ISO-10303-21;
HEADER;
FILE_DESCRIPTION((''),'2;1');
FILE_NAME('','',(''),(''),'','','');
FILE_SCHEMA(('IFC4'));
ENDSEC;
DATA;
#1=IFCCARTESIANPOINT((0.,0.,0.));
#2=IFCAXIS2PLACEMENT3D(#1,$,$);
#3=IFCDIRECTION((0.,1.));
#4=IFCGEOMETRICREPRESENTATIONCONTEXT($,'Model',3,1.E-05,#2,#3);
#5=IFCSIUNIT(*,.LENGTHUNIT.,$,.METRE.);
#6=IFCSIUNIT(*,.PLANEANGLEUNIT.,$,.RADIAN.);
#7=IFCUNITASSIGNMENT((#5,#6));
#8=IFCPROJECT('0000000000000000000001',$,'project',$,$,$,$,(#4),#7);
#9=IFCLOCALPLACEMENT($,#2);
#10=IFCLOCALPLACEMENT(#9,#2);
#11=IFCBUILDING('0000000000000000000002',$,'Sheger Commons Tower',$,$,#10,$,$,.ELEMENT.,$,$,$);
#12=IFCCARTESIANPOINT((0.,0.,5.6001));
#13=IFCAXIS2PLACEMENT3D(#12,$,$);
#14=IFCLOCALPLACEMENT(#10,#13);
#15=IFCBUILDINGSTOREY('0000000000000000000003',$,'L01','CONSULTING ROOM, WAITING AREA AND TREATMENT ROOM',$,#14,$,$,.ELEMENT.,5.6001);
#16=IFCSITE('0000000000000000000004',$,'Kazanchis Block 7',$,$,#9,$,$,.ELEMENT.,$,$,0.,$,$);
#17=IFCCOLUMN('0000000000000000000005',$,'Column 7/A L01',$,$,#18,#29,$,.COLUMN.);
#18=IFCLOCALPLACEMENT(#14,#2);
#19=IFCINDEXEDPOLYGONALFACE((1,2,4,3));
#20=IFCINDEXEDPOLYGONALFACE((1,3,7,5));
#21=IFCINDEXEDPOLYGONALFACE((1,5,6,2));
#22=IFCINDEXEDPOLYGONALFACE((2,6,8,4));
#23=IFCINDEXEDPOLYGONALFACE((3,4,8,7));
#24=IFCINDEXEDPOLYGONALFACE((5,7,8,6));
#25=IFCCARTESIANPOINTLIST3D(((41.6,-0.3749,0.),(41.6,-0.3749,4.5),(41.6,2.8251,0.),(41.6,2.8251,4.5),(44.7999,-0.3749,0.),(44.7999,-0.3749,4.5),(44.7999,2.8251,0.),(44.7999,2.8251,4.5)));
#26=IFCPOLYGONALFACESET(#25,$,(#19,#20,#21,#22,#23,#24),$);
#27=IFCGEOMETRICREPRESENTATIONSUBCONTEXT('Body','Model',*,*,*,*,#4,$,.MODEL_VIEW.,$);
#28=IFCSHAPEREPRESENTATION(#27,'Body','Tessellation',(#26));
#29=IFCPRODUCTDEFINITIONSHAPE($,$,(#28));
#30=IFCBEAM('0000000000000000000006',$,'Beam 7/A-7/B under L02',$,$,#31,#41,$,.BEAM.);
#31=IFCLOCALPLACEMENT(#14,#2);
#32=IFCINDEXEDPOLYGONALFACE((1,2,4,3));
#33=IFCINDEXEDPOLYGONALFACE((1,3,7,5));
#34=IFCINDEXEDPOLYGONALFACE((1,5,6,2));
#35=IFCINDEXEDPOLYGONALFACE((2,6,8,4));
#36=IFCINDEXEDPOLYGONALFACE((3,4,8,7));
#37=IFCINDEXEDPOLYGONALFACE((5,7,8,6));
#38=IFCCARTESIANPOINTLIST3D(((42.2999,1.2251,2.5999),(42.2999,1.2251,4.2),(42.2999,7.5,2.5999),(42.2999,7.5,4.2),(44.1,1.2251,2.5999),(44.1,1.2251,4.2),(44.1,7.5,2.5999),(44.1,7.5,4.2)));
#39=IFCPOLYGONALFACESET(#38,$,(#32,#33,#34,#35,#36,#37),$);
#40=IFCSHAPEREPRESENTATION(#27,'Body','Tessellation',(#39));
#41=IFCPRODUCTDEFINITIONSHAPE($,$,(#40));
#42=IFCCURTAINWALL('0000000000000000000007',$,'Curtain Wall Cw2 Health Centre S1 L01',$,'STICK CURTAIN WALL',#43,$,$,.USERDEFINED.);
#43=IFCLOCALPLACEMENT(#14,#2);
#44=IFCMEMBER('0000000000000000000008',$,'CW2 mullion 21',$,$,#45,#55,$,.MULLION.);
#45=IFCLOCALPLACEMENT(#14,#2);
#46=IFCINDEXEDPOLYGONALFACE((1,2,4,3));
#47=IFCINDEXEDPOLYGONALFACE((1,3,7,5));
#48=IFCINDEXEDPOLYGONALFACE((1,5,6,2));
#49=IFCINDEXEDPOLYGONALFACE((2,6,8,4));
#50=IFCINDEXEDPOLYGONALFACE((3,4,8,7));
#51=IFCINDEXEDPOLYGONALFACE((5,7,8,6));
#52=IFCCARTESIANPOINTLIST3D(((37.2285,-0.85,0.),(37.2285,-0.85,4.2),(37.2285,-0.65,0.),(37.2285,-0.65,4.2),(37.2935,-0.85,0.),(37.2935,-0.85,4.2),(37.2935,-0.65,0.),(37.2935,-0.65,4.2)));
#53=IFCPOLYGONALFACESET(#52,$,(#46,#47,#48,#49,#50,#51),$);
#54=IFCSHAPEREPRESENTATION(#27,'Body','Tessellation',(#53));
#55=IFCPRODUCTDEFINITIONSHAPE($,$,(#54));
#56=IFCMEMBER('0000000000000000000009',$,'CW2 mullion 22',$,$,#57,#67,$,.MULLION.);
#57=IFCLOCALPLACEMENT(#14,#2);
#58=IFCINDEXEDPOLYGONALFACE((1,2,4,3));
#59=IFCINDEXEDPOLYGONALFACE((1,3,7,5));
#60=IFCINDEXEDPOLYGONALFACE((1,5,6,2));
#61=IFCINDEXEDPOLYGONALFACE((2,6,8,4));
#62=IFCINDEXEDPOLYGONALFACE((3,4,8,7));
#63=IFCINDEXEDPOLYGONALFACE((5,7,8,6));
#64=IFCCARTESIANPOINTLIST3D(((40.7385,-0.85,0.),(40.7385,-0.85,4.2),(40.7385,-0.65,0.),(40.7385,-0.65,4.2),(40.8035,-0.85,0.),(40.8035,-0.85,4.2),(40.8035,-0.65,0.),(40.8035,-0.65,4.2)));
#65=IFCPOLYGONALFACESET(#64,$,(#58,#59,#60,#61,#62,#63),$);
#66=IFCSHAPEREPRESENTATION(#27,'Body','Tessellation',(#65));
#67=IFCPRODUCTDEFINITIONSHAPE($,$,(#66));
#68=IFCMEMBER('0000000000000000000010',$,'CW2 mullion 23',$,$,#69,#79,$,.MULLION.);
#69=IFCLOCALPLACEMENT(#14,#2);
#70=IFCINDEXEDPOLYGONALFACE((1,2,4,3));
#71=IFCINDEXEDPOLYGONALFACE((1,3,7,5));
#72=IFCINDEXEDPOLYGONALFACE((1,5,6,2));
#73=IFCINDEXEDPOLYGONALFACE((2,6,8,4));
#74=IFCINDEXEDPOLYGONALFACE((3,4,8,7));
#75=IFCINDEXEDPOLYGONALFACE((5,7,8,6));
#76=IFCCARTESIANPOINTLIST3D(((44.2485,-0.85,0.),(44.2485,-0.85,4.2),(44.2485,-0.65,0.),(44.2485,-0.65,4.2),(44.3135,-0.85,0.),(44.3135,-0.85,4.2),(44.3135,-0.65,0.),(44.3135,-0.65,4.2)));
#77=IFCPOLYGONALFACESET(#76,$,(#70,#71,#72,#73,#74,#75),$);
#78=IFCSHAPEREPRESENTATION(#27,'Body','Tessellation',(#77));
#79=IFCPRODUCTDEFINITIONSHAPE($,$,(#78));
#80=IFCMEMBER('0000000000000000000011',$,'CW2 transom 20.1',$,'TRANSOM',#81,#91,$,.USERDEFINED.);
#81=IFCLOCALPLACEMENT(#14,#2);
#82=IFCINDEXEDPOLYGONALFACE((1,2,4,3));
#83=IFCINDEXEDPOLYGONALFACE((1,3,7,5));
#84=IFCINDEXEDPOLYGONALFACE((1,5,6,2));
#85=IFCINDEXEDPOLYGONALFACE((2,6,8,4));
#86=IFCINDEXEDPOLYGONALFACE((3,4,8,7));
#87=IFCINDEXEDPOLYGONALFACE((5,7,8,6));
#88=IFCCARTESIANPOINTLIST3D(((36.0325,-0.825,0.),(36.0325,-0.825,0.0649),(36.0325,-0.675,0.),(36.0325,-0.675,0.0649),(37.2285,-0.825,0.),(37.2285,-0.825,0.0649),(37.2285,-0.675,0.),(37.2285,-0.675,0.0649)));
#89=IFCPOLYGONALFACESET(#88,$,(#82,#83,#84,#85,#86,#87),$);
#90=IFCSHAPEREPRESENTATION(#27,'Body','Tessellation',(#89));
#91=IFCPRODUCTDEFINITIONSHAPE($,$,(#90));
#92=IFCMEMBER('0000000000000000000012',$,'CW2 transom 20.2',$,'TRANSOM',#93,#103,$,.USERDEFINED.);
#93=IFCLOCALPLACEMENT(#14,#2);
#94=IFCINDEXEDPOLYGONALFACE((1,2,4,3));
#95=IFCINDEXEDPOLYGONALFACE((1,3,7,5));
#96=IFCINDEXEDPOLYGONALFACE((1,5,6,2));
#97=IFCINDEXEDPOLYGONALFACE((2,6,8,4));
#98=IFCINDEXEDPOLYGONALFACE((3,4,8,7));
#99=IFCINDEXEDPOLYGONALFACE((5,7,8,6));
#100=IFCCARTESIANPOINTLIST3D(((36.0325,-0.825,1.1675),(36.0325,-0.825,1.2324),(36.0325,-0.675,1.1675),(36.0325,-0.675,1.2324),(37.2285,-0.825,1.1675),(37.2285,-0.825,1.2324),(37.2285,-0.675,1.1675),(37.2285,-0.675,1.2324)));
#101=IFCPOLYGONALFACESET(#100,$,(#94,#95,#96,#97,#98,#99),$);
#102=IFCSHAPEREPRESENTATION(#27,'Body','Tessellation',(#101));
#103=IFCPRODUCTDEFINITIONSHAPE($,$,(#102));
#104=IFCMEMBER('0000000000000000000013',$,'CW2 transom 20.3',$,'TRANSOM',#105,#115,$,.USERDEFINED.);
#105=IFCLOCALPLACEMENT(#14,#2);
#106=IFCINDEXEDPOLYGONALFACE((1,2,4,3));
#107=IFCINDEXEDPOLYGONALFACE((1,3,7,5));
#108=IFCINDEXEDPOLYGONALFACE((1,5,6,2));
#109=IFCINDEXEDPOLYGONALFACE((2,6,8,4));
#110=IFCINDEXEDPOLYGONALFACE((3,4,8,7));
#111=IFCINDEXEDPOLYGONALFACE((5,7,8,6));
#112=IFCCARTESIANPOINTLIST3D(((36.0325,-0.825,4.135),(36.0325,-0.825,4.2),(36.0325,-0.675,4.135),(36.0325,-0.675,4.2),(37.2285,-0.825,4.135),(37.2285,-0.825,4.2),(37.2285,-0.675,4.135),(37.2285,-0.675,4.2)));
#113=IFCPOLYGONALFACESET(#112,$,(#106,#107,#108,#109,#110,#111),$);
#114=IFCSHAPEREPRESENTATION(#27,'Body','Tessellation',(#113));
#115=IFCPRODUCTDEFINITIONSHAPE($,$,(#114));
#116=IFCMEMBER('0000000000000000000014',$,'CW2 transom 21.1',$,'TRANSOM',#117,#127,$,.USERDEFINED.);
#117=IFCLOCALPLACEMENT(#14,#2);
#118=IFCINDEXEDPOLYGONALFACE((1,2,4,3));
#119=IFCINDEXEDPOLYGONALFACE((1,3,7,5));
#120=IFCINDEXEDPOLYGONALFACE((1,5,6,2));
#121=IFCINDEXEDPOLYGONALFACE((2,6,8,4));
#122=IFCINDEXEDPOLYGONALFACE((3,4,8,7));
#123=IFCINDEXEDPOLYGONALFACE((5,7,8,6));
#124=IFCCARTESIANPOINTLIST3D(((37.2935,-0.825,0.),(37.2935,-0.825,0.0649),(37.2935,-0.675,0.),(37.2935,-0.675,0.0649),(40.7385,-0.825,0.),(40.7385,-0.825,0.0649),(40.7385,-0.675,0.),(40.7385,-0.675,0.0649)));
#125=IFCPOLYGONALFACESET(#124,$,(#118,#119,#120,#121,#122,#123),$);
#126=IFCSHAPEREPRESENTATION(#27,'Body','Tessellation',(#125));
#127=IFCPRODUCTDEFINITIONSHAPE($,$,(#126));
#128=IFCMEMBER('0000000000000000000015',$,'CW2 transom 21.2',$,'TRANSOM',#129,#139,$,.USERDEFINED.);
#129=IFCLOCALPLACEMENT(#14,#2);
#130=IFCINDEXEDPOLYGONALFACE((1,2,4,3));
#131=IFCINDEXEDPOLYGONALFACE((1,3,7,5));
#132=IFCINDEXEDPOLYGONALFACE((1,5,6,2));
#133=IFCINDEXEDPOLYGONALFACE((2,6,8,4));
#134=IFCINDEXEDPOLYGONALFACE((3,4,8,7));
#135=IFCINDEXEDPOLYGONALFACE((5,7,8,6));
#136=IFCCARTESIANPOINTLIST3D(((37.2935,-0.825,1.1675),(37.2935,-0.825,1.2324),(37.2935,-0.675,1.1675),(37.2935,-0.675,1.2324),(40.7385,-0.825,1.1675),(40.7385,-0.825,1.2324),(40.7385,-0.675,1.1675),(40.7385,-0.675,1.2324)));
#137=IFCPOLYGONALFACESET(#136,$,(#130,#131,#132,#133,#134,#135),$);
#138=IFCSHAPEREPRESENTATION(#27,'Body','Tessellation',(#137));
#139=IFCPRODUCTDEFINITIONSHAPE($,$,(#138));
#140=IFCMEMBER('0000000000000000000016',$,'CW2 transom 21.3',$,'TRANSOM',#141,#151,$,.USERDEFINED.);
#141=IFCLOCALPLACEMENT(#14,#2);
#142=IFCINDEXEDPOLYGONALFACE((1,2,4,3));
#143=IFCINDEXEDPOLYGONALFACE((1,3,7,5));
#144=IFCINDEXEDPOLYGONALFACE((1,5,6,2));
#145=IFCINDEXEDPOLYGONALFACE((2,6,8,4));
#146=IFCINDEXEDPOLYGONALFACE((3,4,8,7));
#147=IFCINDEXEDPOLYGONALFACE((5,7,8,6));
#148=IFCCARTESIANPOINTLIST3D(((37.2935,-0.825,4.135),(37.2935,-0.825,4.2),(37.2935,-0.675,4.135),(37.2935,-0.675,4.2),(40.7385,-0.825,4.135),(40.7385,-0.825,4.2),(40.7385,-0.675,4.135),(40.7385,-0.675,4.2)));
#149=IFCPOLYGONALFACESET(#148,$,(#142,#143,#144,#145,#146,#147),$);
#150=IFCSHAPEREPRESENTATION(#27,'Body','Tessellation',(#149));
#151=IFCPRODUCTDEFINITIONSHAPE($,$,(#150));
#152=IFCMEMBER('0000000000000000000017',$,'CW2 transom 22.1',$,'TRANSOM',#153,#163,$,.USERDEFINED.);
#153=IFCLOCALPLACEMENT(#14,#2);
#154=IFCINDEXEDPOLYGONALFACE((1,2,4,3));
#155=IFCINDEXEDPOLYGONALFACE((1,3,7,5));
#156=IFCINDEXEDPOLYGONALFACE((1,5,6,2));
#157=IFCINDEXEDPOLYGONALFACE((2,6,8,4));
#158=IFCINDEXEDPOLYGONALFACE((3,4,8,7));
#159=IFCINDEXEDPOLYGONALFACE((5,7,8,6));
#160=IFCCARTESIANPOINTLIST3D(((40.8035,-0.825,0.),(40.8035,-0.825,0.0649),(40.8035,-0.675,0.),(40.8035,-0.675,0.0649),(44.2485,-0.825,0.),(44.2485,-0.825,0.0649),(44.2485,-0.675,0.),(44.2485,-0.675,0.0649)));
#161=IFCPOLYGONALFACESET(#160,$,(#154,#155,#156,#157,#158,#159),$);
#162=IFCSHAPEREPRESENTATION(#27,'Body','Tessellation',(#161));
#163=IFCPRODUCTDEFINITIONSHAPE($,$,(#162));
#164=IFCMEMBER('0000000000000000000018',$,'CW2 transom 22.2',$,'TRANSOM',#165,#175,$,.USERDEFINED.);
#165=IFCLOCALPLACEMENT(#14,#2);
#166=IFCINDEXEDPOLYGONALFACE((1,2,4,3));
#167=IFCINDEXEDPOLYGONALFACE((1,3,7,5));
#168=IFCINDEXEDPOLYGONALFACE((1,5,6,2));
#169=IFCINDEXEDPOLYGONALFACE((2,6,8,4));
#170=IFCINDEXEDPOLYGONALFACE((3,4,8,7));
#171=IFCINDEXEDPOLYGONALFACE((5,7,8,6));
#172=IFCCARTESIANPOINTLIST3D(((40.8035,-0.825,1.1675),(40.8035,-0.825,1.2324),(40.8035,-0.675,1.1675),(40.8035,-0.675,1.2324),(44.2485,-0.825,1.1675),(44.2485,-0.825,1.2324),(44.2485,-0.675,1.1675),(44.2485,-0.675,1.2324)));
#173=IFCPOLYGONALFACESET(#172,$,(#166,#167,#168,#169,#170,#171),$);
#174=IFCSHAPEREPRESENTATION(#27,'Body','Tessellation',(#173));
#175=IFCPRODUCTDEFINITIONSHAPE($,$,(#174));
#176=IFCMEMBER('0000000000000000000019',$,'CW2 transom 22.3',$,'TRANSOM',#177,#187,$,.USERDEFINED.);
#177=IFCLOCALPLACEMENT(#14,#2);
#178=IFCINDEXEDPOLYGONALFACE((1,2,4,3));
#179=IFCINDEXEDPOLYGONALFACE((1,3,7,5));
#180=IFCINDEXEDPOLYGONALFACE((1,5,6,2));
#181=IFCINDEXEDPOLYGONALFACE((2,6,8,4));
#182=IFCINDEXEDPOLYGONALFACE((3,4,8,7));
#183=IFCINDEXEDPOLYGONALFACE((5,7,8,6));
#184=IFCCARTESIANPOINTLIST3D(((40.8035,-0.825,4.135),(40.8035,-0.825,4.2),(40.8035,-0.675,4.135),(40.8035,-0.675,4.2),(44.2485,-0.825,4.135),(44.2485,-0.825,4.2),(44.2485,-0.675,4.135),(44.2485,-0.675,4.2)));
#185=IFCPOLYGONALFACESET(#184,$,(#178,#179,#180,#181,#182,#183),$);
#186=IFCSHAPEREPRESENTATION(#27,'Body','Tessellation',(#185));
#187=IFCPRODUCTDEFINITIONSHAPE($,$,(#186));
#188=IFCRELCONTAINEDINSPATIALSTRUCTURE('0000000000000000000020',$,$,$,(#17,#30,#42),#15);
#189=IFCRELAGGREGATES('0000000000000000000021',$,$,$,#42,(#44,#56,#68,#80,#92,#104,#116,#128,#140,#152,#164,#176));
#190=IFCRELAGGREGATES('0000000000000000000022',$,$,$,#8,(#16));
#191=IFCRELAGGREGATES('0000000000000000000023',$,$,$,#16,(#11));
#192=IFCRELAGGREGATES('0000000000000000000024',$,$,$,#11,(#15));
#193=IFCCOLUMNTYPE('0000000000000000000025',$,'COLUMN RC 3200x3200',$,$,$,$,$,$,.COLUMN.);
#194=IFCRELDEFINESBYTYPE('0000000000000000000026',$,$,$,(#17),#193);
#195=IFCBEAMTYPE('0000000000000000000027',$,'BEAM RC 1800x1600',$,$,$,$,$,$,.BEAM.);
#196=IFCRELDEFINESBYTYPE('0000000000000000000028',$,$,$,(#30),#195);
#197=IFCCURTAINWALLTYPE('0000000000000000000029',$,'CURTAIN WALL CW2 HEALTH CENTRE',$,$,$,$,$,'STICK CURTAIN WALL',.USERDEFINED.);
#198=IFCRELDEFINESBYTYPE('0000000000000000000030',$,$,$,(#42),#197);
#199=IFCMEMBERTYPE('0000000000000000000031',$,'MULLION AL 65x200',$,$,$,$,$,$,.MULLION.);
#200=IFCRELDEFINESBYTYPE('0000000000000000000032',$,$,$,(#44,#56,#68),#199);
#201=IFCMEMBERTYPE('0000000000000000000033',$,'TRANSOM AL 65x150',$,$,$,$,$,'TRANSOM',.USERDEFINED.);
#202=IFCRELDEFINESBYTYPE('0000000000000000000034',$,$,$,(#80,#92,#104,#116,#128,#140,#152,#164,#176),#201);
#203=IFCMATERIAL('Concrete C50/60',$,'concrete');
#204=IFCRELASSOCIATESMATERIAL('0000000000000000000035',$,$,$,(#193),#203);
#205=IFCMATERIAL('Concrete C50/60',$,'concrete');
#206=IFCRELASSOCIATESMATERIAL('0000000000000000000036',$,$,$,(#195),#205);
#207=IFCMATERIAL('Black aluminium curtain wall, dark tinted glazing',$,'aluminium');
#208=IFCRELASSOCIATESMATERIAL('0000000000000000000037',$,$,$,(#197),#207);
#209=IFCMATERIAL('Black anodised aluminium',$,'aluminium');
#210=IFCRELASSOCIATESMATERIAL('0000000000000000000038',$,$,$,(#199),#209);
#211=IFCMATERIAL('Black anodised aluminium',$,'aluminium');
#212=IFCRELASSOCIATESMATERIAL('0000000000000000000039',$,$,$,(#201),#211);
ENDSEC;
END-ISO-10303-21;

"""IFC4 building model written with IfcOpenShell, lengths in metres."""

from ifc_helpers import new_model, si_unit, direction, frame, origin, origin_2d, place, context, subcontext, project, spatial, rectangle, extrude, material, material_profile, profile_set, type_object, element, aggregate, save


model = new_model("IFC4")

# Units and contexts
model_context = context("Model", 3, precision=1e-05, world=origin(), true_north=direction((0.0, 1.0)))
body_context = subcontext(model_context, "Body", "Model", "MODEL_VIEW")
ifc_project = project(units=[si_unit("LENGTHUNIT", "METRE"), si_unit("PLANEANGLEUNIT", "RADIAN")], contexts=[model_context])

# Site, building, storey
site_placement = place(None, origin())
site = spatial("IfcSite", under=ifc_project, at=site_placement, Name="Kazanchis Block 7", CompositionType="ELEMENT", RefElevation=0.0)
building_placement = place(site_placement, origin())
building = spatial("IfcBuilding", under=site, at=building_placement, Name="Sheger Commons Tower", CompositionType="ELEMENT")
storey_placement = place(building_placement, frame((0.0, 0.0, 5.6001)))
storey = spatial("IfcBuildingStorey", under=building, at=storey_placement, Name="L01", Description="CONSULTING ROOM, WAITING AREA AND TREATMENT ROOM", CompositionType="ELEMENT", Elevation=5.6001)

# Column
ifc_material_1 = material(Name="Concrete C50/60", Category="concrete")
ifc_material_profile_1 = material_profile(ifc_material_1, rectangle(XDim=3.2, YDim=3.2, at=origin_2d()), Name="RC 3200x3200")
ifc_profile_set_1 = profile_set([ifc_material_profile_1], Name="Concrete C50/60")
column_type = type_object("IfcColumnType", Name="COLUMN RC 3200x3200", PredefinedType="COLUMN", material=ifc_profile_set_1)
column_placement = place(storey_placement, frame((43.2, 1.2251, 0.0), z_axis=(0.0, 0.0, 1.0), x_axis=(1.0, 0.0, 0.0)))
element("IfcColumn", 1, at=column_placement, inside=storey, type_object=column_type, Name="Column 7/A L01", PredefinedType="COLUMN", context=body_context, shape_type="SweptSolid", body=[
    extrude(rectangle(XDim=3.2, YDim=3.2, at=origin_2d()), origin(), (0.0, 0.0, 1.0), 4.5),
])

# Beam
ifc_material_2 = material(Name="Concrete C50/60", Category="concrete")
ifc_material_profile_2 = material_profile(ifc_material_2, rectangle(XDim=1.8, YDim=1.6001, at=origin_2d()), Name="RC 1800x1600")
ifc_profile_set_2 = profile_set([ifc_material_profile_2], Name="Concrete C50/60")
beam_type = type_object("IfcBeamType", Name="BEAM RC 1800x1600", PredefinedType="BEAM", material=ifc_profile_set_2)
beam_placement = place(storey_placement, frame((43.2, 1.2251, 3.3999), z_axis=(0.0, 1.0, 0.0), x_axis=(-1.0, 0.0, 0.0)))
element("IfcBeam", 2, at=beam_placement, inside=storey, type_object=beam_type, Name="Beam 7/A-7/B under L02", PredefinedType="BEAM", context=body_context, shape_type="SweptSolid", body=[
    extrude(rectangle(XDim=1.8, YDim=1.6001, at=origin_2d()), origin(), (0.0, 0.0, 1.0), 6.2749),
])

# Curtain wall, members
ifc_material_3 = material(Name="Black aluminium curtain wall, dark tinted glazing", Category="aluminium")
curtain_wall_type = type_object("IfcCurtainWallType", Name="CURTAIN WALL CW2 HEALTH CENTRE", ElementType="STICK CURTAIN WALL", PredefinedType="USERDEFINED", material=ifc_material_3)
curtain_wall_placement = place(storey_placement, origin())
curtain_wall = element("IfcCurtainWall", 3, at=curtain_wall_placement, inside=storey, type_object=curtain_wall_type, Name="Curtain Wall Cw2 Health Centre S1 L01", ObjectType="STICK CURTAIN WALL", PredefinedType="USERDEFINED")
ifc_material_4 = material(Name="Black anodised aluminium", Category="aluminium")
ifc_material_profile_3 = material_profile(ifc_material_4, rectangle(XDim=0.2, YDim=0.0649, at=origin_2d()), Name="AL 65x200")
ifc_profile_set_3 = profile_set([ifc_material_profile_3], Name="Black anodised aluminium")
member_type_1 = type_object("IfcMemberType", Name="MULLION AL 65x200", PredefinedType="MULLION", material=ifc_profile_set_3)
member_1_placement = place(storey_placement, frame((37.261, -0.75, 0.0), z_axis=(0.0, 0.0, 1.0), x_axis=(0.0, 1.0, 0.0)))
member_1 = element("IfcMember", 4, at=member_1_placement, type_object=member_type_1, Name="CW2 mullion 21", PredefinedType="MULLION", context=body_context, shape_type="SweptSolid", body=[
    extrude(rectangle(XDim=0.2, YDim=0.0649, at=origin_2d()), origin(), (0.0, 0.0, 1.0), 4.2),
])
member_2_placement = place(storey_placement, frame((40.771, -0.75, 0.0), z_axis=(0.0, 0.0, 1.0), x_axis=(0.0, 1.0, 0.0)))
member_2 = element("IfcMember", 5, at=member_2_placement, type_object=member_type_1, Name="CW2 mullion 22", PredefinedType="MULLION", context=body_context, shape_type="SweptSolid", body=[
    extrude(rectangle(XDim=0.2, YDim=0.0649, at=origin_2d()), origin(), (0.0, 0.0, 1.0), 4.2),
])
member_3_placement = place(storey_placement, frame((44.281, -0.75, 0.0), z_axis=(0.0, 0.0, 1.0), x_axis=(0.0, 1.0, 0.0)))
member_3 = element("IfcMember", 6, at=member_3_placement, type_object=member_type_1, Name="CW2 mullion 23", PredefinedType="MULLION", context=body_context, shape_type="SweptSolid", body=[
    extrude(rectangle(XDim=0.2, YDim=0.0649, at=origin_2d()), origin(), (0.0, 0.0, 1.0), 4.2),
])
ifc_material_5 = material(Name="Black anodised aluminium", Category="aluminium")
ifc_material_profile_4 = material_profile(ifc_material_5, rectangle(XDim=0.1499, YDim=0.0649, at=origin_2d()), Name="AL 65x150")
ifc_profile_set_4 = profile_set([ifc_material_profile_4], Name="Black anodised aluminium")
member_type_2 = type_object("IfcMemberType", Name="TRANSOM AL 65x150", ElementType="TRANSOM", PredefinedType="USERDEFINED", material=ifc_profile_set_4)
member_4_placement = place(storey_placement, frame((36.0325, -0.75, 0.0325), z_axis=(1.0, 0.0, 0.0), x_axis=(0.0, 1.0, 0.0)))
member_4 = element("IfcMember", 7, at=member_4_placement, type_object=member_type_2, Name="CW2 transom 20.1", ObjectType="TRANSOM", PredefinedType="USERDEFINED", context=body_context, shape_type="SweptSolid", body=[
    extrude(rectangle(XDim=0.1499, YDim=0.0649, at=origin_2d()), origin(), (0.0, 0.0, 1.0), 1.196),
])
member_5_placement = place(storey_placement, frame((36.0325, -0.75, 1.2), z_axis=(1.0, 0.0, 0.0), x_axis=(0.0, 1.0, 0.0)))
member_5 = element("IfcMember", 8, at=member_5_placement, type_object=member_type_2, Name="CW2 transom 20.2", ObjectType="TRANSOM", PredefinedType="USERDEFINED", context=body_context, shape_type="SweptSolid", body=[
    extrude(rectangle(XDim=0.1499, YDim=0.0649, at=origin_2d()), origin(), (0.0, 0.0, 1.0), 1.196),
])
member_6_placement = place(storey_placement, frame((36.0325, -0.75, 4.1675), z_axis=(1.0, 0.0, 0.0), x_axis=(0.0, 1.0, 0.0)))
member_6 = element("IfcMember", 9, at=member_6_placement, type_object=member_type_2, Name="CW2 transom 20.3", ObjectType="TRANSOM", PredefinedType="USERDEFINED", context=body_context, shape_type="SweptSolid", body=[
    extrude(rectangle(XDim=0.1499, YDim=0.0649, at=origin_2d()), origin(), (0.0, 0.0, 1.0), 1.196),
])
member_7_placement = place(storey_placement, frame((37.2935, -0.75, 0.0325), z_axis=(1.0, 0.0, 0.0), x_axis=(0.0, 1.0, 0.0)))
member_7 = element("IfcMember", 10, at=member_7_placement, type_object=member_type_2, Name="CW2 transom 21.1", ObjectType="TRANSOM", PredefinedType="USERDEFINED", context=body_context, shape_type="SweptSolid", body=[
    extrude(rectangle(XDim=0.1499, YDim=0.0649, at=origin_2d()), origin(), (0.0, 0.0, 1.0), 3.4451),
])
member_8_placement = place(storey_placement, frame((37.2935, -0.75, 1.2), z_axis=(1.0, 0.0, 0.0), x_axis=(0.0, 1.0, 0.0)))
member_8 = element("IfcMember", 11, at=member_8_placement, type_object=member_type_2, Name="CW2 transom 21.2", ObjectType="TRANSOM", PredefinedType="USERDEFINED", context=body_context, shape_type="SweptSolid", body=[
    extrude(rectangle(XDim=0.1499, YDim=0.0649, at=origin_2d()), origin(), (0.0, 0.0, 1.0), 3.4451),
])
member_9_placement = place(storey_placement, frame((37.2935, -0.75, 4.1675), z_axis=(1.0, 0.0, 0.0), x_axis=(0.0, 1.0, 0.0)))
member_9 = element("IfcMember", 12, at=member_9_placement, type_object=member_type_2, Name="CW2 transom 21.3", ObjectType="TRANSOM", PredefinedType="USERDEFINED", context=body_context, shape_type="SweptSolid", body=[
    extrude(rectangle(XDim=0.1499, YDim=0.0649, at=origin_2d()), origin(), (0.0, 0.0, 1.0), 3.4451),
])
member_10_placement = place(storey_placement, frame((40.8035, -0.75, 0.0325), z_axis=(1.0, 0.0, 0.0), x_axis=(0.0, 1.0, 0.0)))
member_10 = element("IfcMember", 13, at=member_10_placement, type_object=member_type_2, Name="CW2 transom 22.1", ObjectType="TRANSOM", PredefinedType="USERDEFINED", context=body_context, shape_type="SweptSolid", body=[
    extrude(rectangle(XDim=0.1499, YDim=0.0649, at=origin_2d()), origin(), (0.0, 0.0, 1.0), 3.4451),
])
member_11_placement = place(storey_placement, frame((40.8035, -0.75, 1.2), z_axis=(1.0, 0.0, 0.0), x_axis=(0.0, 1.0, 0.0)))
member_11 = element("IfcMember", 14, at=member_11_placement, type_object=member_type_2, Name="CW2 transom 22.2", ObjectType="TRANSOM", PredefinedType="USERDEFINED", context=body_context, shape_type="SweptSolid", body=[
    extrude(rectangle(XDim=0.1499, YDim=0.0649, at=origin_2d()), origin(), (0.0, 0.0, 1.0), 3.4451),
])
member_12_placement = place(storey_placement, frame((40.8035, -0.75, 4.1675), z_axis=(1.0, 0.0, 0.0), x_axis=(0.0, 1.0, 0.0)))
member_12 = element("IfcMember", 15, at=member_12_placement, type_object=member_type_2, Name="CW2 transom 22.3", ObjectType="TRANSOM", PredefinedType="USERDEFINED", context=body_context, shape_type="SweptSolid", body=[
    extrude(rectangle(XDim=0.1499, YDim=0.0649, at=origin_2d()), origin(), (0.0, 0.0, 1.0), 3.4451),
])
aggregate(curtain_wall, [member_1, member_2, member_3, member_4, member_5, member_6, member_7, member_8, member_9, member_10, member_11, member_12])

save(model, "model.ifc")
